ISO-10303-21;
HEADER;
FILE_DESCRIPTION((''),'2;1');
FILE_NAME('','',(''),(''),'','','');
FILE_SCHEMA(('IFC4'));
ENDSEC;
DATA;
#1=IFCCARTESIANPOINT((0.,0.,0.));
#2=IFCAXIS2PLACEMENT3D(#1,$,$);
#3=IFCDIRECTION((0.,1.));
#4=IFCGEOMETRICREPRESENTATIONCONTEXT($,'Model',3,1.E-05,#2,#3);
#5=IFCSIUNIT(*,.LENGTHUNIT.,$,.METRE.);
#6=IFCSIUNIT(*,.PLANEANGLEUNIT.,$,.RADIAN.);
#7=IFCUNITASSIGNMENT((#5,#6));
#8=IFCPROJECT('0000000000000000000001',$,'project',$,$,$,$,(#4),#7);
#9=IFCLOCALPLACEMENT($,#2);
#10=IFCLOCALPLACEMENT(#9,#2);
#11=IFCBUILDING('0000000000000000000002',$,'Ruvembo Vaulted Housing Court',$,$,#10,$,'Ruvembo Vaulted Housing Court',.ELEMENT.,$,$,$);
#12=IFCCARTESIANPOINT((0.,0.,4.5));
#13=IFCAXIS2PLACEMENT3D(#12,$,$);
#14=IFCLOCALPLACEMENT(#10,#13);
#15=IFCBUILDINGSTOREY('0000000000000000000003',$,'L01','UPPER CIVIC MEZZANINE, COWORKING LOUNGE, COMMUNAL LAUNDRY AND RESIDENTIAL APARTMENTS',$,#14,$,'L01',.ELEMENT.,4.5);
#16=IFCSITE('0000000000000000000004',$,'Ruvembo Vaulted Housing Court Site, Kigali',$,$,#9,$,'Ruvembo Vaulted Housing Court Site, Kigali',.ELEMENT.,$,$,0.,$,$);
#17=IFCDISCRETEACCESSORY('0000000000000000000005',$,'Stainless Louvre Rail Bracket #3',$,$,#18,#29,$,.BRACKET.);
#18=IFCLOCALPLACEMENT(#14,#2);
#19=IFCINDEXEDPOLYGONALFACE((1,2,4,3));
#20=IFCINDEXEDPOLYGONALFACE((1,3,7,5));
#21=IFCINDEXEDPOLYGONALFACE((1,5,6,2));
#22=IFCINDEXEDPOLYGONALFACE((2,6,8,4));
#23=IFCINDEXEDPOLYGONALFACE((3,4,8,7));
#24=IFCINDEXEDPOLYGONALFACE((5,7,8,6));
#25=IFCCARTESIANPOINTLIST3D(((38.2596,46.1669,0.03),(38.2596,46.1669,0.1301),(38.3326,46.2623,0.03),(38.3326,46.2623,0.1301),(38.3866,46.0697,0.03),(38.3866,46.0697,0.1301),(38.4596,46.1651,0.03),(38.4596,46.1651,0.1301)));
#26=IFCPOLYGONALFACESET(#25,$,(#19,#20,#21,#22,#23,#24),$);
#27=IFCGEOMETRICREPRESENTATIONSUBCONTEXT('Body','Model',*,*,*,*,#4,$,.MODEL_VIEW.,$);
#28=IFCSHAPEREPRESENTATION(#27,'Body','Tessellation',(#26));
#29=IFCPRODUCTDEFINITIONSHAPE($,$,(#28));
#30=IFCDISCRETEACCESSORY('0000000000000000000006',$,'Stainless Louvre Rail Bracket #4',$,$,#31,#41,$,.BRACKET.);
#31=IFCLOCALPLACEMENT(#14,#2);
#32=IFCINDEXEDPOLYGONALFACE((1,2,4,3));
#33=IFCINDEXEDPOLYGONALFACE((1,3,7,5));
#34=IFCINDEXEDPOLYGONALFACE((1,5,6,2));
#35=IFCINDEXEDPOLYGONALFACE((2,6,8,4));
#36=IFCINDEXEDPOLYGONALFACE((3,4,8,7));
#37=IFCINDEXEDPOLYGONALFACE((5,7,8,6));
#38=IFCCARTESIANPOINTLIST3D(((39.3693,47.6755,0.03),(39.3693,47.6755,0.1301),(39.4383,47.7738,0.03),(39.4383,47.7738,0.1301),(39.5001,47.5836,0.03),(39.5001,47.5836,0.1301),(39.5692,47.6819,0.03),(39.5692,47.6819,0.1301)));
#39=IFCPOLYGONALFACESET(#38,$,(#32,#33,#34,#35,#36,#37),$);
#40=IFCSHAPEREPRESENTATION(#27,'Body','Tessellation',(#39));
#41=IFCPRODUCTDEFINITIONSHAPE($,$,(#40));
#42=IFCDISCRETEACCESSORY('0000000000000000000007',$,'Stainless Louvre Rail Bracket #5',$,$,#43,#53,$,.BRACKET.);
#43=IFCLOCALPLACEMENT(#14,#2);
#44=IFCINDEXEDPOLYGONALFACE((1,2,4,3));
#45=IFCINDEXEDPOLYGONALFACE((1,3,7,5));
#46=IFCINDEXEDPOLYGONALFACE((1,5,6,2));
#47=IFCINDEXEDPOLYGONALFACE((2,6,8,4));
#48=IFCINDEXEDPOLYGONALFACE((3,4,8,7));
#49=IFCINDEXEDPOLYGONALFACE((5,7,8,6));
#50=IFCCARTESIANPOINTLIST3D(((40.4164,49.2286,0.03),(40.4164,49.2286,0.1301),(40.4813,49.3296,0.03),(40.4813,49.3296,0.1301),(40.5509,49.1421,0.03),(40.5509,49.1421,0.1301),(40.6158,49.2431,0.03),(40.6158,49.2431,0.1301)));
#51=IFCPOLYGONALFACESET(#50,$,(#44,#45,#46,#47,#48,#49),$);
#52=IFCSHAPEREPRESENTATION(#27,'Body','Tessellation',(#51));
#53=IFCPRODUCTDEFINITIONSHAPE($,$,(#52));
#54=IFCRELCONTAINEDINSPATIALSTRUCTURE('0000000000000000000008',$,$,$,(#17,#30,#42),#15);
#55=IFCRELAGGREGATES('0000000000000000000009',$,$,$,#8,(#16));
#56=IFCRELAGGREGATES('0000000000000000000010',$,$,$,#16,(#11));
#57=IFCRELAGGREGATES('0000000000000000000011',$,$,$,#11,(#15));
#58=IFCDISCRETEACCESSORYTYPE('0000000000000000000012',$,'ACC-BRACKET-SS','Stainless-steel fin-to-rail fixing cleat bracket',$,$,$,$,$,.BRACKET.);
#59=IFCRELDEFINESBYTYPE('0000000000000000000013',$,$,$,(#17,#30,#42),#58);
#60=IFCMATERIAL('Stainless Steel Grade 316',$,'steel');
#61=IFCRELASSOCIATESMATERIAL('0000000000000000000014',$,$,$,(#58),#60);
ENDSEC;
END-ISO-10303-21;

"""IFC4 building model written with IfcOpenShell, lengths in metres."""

from ifc_helpers import new_model, si_unit, direction, frame, origin, origin_2d, place, context, subcontext, project, spatial, rectangle, extrude, material, type_object, element, save


model = new_model("IFC4")

# Units and contexts
model_context = context("Model", 3, precision=1e-05, world=origin(), true_north=direction((0.0, 1.0)))
body_context = subcontext(model_context, "Body", "Model", "MODEL_VIEW")
ifc_project = project(units=[si_unit("LENGTHUNIT", "METRE"), si_unit("PLANEANGLEUNIT", "RADIAN")], contexts=[model_context])

# Site, building, storey
site_placement = place(None, origin())
site = spatial("IfcSite", under=ifc_project, at=site_placement, Name="Ruvembo Vaulted Housing Court Site, Kigali", LongName="Ruvembo Vaulted Housing Court Site, Kigali", CompositionType="ELEMENT", RefElevation=0.0)
building_placement = place(site_placement, origin())
building = spatial("IfcBuilding", under=site, at=building_placement, Name="Ruvembo Vaulted Housing Court", LongName="Ruvembo Vaulted Housing Court", CompositionType="ELEMENT")
storey_placement = place(building_placement, frame((0.0, 0.0, 4.5)))
storey = spatial("IfcBuildingStorey", under=building, at=storey_placement, Name="L01", Description="UPPER CIVIC MEZZANINE, COWORKING LOUNGE, COMMUNAL LAUNDRY AND RESIDENTIAL APARTMENTS", LongName="L01", CompositionType="ELEMENT", Elevation=4.5)

# Discrete accessories
ifc_material_1 = material(Name="Stainless Steel Grade 316", Category="steel")
discrete_accessory_type = type_object("IfcDiscreteAccessoryType", Name="ACC-BRACKET-SS", Description="Stainless-steel fin-to-rail fixing cleat bracket", PredefinedType="BRACKET", material=ifc_material_1)
for number, where, z_axis, x_axis, name in (
    (1, (38.3596, 46.166, 0.03), (0.0, 0.0, 1.0), (0.794043, -0.607861, 0.0), "Stainless Louvre Rail Bracket #3"),
    (2, (39.4692, 47.6787, 0.03), (0.0, 0.0, 1.0), (0.81828, -0.57482, 0.0), "Stainless Louvre Rail Bracket #4"),
    (3, (40.5161, 49.2358, 0.03), (0.0, 0.0, 1.0), (0.841115, -0.540857, 0.0), "Stainless Louvre Rail Bracket #5"),
):
    element("IfcDiscreteAccessory", number, at=place(storey_placement, frame(where, z_axis=z_axis, x_axis=x_axis)), inside=storey, type_object=discrete_accessory_type, Name=name, PredefinedType="BRACKET", context=body_context, shape_type="SweptSolid", body=[
        extrude(rectangle(XDim=0.1599, YDim=0.1201, at=origin_2d()), origin(), (0.0, 0.0, 1.0), 0.1001),
    ])

save(model, "model.ifc")
